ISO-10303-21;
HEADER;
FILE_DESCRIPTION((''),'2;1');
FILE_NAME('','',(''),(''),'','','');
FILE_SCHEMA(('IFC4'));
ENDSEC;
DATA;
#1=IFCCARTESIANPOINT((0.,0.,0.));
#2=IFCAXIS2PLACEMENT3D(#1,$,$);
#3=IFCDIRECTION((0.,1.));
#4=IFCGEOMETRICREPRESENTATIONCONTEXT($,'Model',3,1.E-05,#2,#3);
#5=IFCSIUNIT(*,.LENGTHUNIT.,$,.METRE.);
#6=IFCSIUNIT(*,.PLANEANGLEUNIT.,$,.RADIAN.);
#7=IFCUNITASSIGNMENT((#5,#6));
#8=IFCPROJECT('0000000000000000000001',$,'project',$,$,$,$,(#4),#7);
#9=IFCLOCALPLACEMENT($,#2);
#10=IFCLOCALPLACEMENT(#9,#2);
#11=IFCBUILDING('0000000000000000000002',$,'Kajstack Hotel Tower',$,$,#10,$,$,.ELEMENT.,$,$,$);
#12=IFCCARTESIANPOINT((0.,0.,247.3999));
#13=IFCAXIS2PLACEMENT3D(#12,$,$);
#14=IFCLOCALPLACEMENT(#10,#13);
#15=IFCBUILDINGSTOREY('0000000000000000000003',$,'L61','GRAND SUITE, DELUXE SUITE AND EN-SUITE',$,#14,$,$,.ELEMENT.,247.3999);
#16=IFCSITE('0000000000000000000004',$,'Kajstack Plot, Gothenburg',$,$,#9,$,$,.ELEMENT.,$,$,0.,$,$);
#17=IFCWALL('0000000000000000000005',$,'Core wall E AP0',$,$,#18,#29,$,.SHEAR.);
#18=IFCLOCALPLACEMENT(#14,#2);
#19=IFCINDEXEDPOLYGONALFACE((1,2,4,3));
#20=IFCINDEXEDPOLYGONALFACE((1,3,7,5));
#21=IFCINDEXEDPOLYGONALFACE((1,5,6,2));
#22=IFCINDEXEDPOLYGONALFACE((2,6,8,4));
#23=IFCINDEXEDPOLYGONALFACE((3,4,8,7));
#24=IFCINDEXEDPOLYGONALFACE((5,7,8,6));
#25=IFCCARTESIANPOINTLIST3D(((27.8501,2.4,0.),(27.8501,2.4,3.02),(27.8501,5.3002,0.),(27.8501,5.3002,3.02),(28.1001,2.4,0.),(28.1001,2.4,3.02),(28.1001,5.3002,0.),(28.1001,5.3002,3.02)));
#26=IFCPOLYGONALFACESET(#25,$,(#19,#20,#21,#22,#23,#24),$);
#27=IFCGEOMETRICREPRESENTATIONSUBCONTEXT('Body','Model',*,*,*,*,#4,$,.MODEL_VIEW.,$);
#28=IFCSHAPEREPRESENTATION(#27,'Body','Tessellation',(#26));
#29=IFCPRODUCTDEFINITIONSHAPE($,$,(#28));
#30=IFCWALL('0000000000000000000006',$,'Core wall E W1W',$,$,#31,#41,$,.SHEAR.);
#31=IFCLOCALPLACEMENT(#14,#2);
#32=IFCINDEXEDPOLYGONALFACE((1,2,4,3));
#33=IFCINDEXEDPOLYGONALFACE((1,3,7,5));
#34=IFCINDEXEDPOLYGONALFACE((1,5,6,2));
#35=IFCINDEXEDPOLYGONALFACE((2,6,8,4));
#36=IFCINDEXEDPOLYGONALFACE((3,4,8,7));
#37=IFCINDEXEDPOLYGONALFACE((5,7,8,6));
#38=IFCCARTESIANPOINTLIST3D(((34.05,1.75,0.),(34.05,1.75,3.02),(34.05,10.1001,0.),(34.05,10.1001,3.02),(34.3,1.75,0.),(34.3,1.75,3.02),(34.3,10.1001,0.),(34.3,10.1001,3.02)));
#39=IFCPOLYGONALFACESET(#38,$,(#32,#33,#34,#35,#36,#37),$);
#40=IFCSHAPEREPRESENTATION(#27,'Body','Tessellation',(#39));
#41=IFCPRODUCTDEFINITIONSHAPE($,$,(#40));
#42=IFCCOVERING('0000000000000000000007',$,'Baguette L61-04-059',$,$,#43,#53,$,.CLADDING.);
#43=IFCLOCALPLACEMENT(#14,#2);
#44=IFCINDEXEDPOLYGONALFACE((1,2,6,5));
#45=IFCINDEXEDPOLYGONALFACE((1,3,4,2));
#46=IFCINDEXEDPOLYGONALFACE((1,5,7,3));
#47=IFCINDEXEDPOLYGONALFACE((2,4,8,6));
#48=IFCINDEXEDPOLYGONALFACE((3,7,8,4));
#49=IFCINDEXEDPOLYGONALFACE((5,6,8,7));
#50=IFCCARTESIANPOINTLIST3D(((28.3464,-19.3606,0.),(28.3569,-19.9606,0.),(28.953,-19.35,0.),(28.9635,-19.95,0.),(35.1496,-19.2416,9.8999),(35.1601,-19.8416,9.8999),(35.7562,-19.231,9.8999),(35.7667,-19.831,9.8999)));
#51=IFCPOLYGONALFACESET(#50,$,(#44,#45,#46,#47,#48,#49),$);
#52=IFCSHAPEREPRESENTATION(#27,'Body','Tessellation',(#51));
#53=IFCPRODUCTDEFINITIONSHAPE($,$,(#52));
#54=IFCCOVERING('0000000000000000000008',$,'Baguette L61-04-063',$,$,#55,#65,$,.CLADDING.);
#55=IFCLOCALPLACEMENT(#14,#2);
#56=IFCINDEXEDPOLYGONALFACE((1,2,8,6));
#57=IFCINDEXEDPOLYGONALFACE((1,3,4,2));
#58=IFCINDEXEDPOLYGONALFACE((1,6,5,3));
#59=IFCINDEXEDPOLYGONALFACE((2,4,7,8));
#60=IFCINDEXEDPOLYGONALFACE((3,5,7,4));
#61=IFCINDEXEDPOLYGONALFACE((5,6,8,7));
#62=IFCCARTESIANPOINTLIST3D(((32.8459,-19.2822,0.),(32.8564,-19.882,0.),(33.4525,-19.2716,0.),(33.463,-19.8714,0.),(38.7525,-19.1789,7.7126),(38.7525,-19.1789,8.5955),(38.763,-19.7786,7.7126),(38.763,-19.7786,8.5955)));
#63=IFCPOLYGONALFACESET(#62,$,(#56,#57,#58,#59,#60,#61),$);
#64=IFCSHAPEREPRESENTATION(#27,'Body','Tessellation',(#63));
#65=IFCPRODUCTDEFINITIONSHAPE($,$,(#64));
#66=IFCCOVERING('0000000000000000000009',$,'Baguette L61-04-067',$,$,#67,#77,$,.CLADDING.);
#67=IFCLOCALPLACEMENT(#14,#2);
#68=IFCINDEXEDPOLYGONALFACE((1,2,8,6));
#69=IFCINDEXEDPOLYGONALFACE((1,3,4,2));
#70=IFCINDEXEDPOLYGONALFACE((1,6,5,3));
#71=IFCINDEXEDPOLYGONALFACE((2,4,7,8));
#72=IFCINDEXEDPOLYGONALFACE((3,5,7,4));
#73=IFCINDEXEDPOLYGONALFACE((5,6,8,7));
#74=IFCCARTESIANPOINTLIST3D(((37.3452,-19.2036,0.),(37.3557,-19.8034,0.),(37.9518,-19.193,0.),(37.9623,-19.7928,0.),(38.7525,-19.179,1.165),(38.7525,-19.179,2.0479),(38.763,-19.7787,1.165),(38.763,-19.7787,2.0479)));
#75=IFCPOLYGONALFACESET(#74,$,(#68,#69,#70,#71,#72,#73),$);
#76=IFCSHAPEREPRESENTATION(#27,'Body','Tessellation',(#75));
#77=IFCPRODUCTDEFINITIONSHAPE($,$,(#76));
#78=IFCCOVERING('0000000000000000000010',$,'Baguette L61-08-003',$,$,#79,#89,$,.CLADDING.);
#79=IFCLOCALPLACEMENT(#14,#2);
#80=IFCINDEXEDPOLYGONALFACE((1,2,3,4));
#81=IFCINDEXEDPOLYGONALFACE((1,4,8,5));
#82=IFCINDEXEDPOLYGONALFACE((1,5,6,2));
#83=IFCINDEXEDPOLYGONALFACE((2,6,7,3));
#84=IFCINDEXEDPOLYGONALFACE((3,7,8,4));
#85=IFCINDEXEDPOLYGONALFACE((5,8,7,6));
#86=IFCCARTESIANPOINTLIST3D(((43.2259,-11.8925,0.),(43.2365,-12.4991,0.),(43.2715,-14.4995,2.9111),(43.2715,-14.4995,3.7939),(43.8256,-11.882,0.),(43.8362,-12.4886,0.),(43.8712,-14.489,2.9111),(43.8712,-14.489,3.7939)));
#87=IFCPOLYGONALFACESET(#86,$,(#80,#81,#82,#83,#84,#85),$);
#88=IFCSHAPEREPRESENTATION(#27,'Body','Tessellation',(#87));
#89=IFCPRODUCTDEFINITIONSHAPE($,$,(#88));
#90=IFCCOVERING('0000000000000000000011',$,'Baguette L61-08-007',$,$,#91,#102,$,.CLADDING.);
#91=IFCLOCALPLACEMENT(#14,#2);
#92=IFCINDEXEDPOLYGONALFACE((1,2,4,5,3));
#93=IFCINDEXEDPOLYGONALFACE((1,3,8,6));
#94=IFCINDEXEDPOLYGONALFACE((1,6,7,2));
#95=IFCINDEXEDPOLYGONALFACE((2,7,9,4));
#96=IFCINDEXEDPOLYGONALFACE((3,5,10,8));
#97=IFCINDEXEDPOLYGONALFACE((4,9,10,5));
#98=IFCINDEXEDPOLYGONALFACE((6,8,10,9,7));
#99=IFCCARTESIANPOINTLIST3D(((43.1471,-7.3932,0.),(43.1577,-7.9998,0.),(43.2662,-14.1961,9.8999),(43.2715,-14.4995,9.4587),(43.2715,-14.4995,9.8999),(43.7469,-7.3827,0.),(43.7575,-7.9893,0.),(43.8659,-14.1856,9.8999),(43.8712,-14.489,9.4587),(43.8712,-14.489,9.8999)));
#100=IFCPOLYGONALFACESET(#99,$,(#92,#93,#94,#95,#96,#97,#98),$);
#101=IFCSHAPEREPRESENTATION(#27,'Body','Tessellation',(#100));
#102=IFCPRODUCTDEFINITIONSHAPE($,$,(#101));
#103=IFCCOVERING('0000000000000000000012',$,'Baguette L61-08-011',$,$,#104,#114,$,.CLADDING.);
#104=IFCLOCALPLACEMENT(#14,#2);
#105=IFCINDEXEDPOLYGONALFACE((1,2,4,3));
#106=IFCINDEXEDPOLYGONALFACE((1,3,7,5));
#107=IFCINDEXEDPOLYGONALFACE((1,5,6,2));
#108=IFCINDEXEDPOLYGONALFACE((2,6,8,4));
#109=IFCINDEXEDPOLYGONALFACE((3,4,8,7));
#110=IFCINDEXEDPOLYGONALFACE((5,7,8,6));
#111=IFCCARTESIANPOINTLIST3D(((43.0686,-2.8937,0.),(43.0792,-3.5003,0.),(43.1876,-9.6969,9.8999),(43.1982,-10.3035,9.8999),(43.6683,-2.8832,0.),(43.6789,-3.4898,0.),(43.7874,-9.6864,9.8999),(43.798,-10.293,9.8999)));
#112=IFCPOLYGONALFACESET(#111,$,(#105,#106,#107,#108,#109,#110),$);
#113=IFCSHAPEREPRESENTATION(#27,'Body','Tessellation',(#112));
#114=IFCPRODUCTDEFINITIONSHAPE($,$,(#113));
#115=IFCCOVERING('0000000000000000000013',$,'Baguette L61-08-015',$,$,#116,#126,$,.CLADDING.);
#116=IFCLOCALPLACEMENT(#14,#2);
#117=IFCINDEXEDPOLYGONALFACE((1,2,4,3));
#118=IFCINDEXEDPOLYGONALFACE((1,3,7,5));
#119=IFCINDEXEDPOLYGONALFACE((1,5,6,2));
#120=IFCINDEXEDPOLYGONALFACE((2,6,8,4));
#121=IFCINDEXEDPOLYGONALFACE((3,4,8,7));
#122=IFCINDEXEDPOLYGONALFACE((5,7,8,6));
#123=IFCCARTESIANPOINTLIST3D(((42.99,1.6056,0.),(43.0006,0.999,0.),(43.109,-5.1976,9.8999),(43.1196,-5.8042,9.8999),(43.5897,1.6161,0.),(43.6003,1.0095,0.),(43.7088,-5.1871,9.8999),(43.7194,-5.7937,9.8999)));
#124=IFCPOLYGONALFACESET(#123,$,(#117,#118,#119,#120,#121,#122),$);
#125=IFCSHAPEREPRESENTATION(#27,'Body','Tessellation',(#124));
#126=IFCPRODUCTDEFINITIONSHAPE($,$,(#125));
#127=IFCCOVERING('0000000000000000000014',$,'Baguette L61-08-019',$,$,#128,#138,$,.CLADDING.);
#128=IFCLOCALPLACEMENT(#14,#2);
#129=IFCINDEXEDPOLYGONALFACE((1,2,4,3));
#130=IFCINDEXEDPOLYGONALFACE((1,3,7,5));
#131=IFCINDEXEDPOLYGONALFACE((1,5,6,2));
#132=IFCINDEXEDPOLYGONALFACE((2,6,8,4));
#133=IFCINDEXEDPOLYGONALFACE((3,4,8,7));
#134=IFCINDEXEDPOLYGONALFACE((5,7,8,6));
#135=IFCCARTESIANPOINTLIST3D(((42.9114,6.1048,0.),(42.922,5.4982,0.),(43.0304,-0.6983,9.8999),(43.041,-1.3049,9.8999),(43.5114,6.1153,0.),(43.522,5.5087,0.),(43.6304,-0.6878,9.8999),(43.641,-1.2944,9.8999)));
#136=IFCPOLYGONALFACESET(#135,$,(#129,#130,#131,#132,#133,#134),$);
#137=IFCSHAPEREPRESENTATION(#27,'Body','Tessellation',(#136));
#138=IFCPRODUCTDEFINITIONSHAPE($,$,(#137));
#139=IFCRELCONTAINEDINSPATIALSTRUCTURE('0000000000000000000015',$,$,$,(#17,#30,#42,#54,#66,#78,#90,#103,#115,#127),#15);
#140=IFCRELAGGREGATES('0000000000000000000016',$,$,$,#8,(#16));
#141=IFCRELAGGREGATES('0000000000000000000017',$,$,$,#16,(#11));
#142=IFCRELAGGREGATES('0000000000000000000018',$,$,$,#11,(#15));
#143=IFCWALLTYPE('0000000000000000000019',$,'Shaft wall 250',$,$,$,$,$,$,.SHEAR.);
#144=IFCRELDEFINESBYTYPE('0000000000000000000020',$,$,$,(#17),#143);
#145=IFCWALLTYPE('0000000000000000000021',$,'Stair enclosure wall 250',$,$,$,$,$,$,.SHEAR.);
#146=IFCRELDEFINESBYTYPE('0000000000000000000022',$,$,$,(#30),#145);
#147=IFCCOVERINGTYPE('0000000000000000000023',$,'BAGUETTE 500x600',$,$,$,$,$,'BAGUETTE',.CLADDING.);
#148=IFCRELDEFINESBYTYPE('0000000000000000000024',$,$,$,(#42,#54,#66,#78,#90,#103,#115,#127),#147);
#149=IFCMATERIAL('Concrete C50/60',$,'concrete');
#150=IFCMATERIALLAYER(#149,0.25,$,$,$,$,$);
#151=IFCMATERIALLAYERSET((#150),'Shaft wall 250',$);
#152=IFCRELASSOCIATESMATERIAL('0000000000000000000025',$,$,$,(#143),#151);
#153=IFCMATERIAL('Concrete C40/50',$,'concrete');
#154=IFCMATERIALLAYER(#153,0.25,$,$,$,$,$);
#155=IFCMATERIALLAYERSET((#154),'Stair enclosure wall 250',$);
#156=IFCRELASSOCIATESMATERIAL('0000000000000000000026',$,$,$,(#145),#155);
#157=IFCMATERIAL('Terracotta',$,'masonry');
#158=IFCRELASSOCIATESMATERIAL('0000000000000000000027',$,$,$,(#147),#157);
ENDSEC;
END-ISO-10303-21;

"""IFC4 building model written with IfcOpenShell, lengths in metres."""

from ifc_helpers import new_model, si_unit, direction, frame, frame_2d, origin, origin_2d, place, context, subcontext, project, spatial, polyline, rectangle, outline, extrude, material, layer, layer_set, material_profile, profile_set, type_object, element, save


model = new_model("IFC4")

# Units and contexts
model_context = context("Model", 3, precision=1e-05, world=origin(), true_north=direction((0.0, 1.0)))
body_context = subcontext(model_context, "Body", "Model", "MODEL_VIEW")
ifc_project = project(units=[si_unit("LENGTHUNIT", "METRE"), si_unit("PLANEANGLEUNIT", "RADIAN")], contexts=[model_context])

# Site, building, storey
site_placement = place(None, origin())
site = spatial("IfcSite", under=ifc_project, at=site_placement, Name="Kajstack Plot, Gothenburg", CompositionType="ELEMENT", RefElevation=0.0)
building_placement = place(site_placement, origin())
building = spatial("IfcBuilding", under=site, at=building_placement, Name="Kajstack Hotel Tower", CompositionType="ELEMENT")
storey_placement = place(building_placement, frame((0.0, 0.0, 247.3999)))
storey = spatial("IfcBuildingStorey", under=building, at=storey_placement, Name="L61", Description="GRAND SUITE, DELUXE SUITE AND EN-SUITE", CompositionType="ELEMENT", Elevation=247.3999)

# Walls
ifc_material_1 = material(Name="Concrete C50/60", Category="concrete")
ifc_layer_1 = layer(ifc_material_1, 0.25)
ifc_layer_set_1 = layer_set([ifc_layer_1], Name="Shaft wall 250")
wall_type_1 = type_object("IfcWallType", Name="Shaft wall 250", PredefinedType="SHEAR", material=ifc_layer_set_1)
wall_1_placement = place(storey_placement, frame((27.9751, 2.3999, 0.0), z_axis=(0.0, 0.0, 1.0), x_axis=(0.0, 1.0, 0.0)))
element("IfcWall", 1, at=wall_1_placement, inside=storey, type_object=wall_type_1, Name="Core wall E AP0", PredefinedType="SHEAR", context=body_context, shape_type="SweptSolid", body=[
    extrude(rectangle(XDim=2.9001, YDim=0.25, at=frame_2d((1.4502, 0.0))), origin(), (0.0, 0.0, 1.0), 3.02),
])
ifc_material_2 = material(Name="Concrete C40/50", Category="concrete")
ifc_layer_2 = layer(ifc_material_2, 0.25)
ifc_layer_set_2 = layer_set([ifc_layer_2], Name="Stair enclosure wall 250")
wall_type_2 = type_object("IfcWallType", Name="Stair enclosure wall 250", PredefinedType="SHEAR", material=ifc_layer_set_2)
wall_2_placement = place(storey_placement, frame((34.175, 1.75, 0.0), z_axis=(0.0, 0.0, 1.0), x_axis=(0.0, 1.0, 0.0)))
element("IfcWall", 2, at=wall_2_placement, inside=storey, type_object=wall_type_2, Name="Core wall E W1W", PredefinedType="SHEAR", context=body_context, shape_type="SweptSolid", body=[
    extrude(rectangle(XDim=8.3501, YDim=0.25, at=frame_2d((4.175, 0.0))), origin(), (0.0, 0.0, 1.0), 3.02),
])

# Coverings
ifc_material_3 = material(Name="Terracotta", Category="masonry")
ifc_material_profile = material_profile(ifc_material_3, rectangle(XDim=0.6001, YDim=0.5, at=origin_2d()), Name="Terracotta-clad concrete baguette 500 x 600")
ifc_profile_set = profile_set([ifc_material_profile], Name="Terracotta")
covering_type = type_object("IfcCoveringType", Name="BAGUETTE 500x600", ElementType="BAGUETTE", PredefinedType="CLADDING", material=ifc_profile_set)
covering_1_placement = place(storey_placement, frame((28.3464, -19.3606, 0.0), z_axis=(0.017491, -0.999847, 0.0), x_axis=(0.999847, 0.017491, 0.0)))
element("IfcCovering", 3, at=covering_1_placement, inside=storey, type_object=covering_type, Name="Baguette L61-04-059", PredefinedType="CLADDING", context=body_context, shape_type="SweptSolid", body=[
    extrude(outline(polyline([(6.8042, 9.8999), (0.0, 0.0), (0.6067, 0.0), (7.4109, 9.8999), (6.8042, 9.8999)])), origin(), (0.0, 0.0, 1.0), 0.6001),
])
covering_2_placement = place(storey_placement, frame((32.8459, -19.2822, 0.0), z_axis=(0.017498, -0.999847, 0.0), x_axis=(0.999847, 0.017498, 0.0)))
element("IfcCovering", 4, at=covering_2_placement, inside=storey, type_object=covering_type, Name="Baguette L61-04-063", PredefinedType="CLADDING", context=body_context, shape_type="SweptSolid", body=[
    extrude(outline(polyline([(0.6067, 0.0), (5.9075, 7.7126), (5.9075, 8.5955), (0.0, 0.0), (0.6067, 0.0)])), origin(), (0.0, 0.0, 1.0), 0.5999),
])
covering_3_placement = place(storey_placement, frame((37.3452, -19.2036, 0.0), z_axis=(0.017498, -0.999847, 0.0), x_axis=(0.999847, 0.017498, 0.0)))
element("IfcCovering", 5, at=covering_3_placement, inside=storey, type_object=covering_type, Name="Baguette L61-04-067", PredefinedType="CLADDING", context=body_context, shape_type="SweptSolid", body=[
    extrude(outline(polyline([(0.6067, 0.0), (1.4075, 1.165), (1.4075, 2.0479), (0.0, 0.0), (0.6067, 0.0)])), origin(), (0.0, 0.0, 1.0), 0.5999),
])
covering_4_placement = place(storey_placement, frame((43.2715, -14.4995, 0.0), z_axis=(0.999847, 0.017498, 0.0), x_axis=(-0.017498, 0.999847, 0.0)))
element("IfcCovering", 6, at=covering_4_placement, inside=storey, type_object=covering_type, Name="Baguette L61-08-003", PredefinedType="CLADDING", context=body_context, shape_type="SweptSolid", body=[
    extrude(outline(polyline([(2.6074, 0.0), (0.0, 3.7939), (0.0, 2.9111), (2.0007, 0.0), (2.6074, 0.0)])), origin(), (0.0, 0.0, 1.0), 0.5999),
])
covering_5_placement = place(storey_placement, frame((43.2715, -14.4995, 0.0), z_axis=(0.999847, 0.017498, 0.0), x_axis=(-0.017498, 0.999847, 0.0)))
element("IfcCovering", 7, at=covering_5_placement, inside=storey, type_object=covering_type, Name="Baguette L61-08-007", PredefinedType="CLADDING", context=body_context, shape_type="SweptSolid", body=[
    extrude(outline(polyline([(0.3035, 9.8999), (0.0, 9.8999), (0.0, 9.4587), (6.5007, 0.0), (7.1074, 0.0), (0.3035, 9.8999)])), origin(), (0.0, 0.0, 1.0), 0.5999),
])
for number, where, z_axis, x_axis, name in (
    (8, (43.1982, -10.3035, 0.0), (0.999847, 0.017498, 0.0), (-0.017498, 0.999847, 0.0), "Baguette L61-08-011"),
    (9, (43.1196, -5.8042, 0.0), (0.999847, 0.017498, 0.0), (-0.017498, 0.999847, 0.0), "Baguette L61-08-015"),
):
    element("IfcCovering", number, at=place(storey_placement, frame(where, z_axis=z_axis, x_axis=x_axis)), inside=storey, type_object=covering_type, Name=name, PredefinedType="CLADDING", context=body_context, shape_type="SweptSolid", body=[
        extrude(outline(polyline([(0.0, 9.8999), (6.8042, 0.0), (7.4109, 0.0), (0.6067, 9.8999), (0.0, 9.8999)])), origin(), (0.0, 0.0, 1.0), 0.5999),
    ])
covering_6_placement = place(storey_placement, frame((43.041, -1.3049, 0.0), z_axis=(0.999847, 0.017491, 0.0), x_axis=(-0.017491, 0.999847, 0.0)))
element("IfcCovering", 10, at=covering_6_placement, inside=storey, type_object=covering_type, Name="Baguette L61-08-019", PredefinedType="CLADDING", context=body_context, shape_type="SweptSolid", body=[
    extrude(outline(polyline([(0.0, 9.8999), (6.8042, 0.0), (7.4109, 0.0), (0.6067, 9.8999), (0.0, 9.8999)])), origin(), (0.0, 0.0, 1.0), 0.6001),
])

save(model, "model.ifc")
